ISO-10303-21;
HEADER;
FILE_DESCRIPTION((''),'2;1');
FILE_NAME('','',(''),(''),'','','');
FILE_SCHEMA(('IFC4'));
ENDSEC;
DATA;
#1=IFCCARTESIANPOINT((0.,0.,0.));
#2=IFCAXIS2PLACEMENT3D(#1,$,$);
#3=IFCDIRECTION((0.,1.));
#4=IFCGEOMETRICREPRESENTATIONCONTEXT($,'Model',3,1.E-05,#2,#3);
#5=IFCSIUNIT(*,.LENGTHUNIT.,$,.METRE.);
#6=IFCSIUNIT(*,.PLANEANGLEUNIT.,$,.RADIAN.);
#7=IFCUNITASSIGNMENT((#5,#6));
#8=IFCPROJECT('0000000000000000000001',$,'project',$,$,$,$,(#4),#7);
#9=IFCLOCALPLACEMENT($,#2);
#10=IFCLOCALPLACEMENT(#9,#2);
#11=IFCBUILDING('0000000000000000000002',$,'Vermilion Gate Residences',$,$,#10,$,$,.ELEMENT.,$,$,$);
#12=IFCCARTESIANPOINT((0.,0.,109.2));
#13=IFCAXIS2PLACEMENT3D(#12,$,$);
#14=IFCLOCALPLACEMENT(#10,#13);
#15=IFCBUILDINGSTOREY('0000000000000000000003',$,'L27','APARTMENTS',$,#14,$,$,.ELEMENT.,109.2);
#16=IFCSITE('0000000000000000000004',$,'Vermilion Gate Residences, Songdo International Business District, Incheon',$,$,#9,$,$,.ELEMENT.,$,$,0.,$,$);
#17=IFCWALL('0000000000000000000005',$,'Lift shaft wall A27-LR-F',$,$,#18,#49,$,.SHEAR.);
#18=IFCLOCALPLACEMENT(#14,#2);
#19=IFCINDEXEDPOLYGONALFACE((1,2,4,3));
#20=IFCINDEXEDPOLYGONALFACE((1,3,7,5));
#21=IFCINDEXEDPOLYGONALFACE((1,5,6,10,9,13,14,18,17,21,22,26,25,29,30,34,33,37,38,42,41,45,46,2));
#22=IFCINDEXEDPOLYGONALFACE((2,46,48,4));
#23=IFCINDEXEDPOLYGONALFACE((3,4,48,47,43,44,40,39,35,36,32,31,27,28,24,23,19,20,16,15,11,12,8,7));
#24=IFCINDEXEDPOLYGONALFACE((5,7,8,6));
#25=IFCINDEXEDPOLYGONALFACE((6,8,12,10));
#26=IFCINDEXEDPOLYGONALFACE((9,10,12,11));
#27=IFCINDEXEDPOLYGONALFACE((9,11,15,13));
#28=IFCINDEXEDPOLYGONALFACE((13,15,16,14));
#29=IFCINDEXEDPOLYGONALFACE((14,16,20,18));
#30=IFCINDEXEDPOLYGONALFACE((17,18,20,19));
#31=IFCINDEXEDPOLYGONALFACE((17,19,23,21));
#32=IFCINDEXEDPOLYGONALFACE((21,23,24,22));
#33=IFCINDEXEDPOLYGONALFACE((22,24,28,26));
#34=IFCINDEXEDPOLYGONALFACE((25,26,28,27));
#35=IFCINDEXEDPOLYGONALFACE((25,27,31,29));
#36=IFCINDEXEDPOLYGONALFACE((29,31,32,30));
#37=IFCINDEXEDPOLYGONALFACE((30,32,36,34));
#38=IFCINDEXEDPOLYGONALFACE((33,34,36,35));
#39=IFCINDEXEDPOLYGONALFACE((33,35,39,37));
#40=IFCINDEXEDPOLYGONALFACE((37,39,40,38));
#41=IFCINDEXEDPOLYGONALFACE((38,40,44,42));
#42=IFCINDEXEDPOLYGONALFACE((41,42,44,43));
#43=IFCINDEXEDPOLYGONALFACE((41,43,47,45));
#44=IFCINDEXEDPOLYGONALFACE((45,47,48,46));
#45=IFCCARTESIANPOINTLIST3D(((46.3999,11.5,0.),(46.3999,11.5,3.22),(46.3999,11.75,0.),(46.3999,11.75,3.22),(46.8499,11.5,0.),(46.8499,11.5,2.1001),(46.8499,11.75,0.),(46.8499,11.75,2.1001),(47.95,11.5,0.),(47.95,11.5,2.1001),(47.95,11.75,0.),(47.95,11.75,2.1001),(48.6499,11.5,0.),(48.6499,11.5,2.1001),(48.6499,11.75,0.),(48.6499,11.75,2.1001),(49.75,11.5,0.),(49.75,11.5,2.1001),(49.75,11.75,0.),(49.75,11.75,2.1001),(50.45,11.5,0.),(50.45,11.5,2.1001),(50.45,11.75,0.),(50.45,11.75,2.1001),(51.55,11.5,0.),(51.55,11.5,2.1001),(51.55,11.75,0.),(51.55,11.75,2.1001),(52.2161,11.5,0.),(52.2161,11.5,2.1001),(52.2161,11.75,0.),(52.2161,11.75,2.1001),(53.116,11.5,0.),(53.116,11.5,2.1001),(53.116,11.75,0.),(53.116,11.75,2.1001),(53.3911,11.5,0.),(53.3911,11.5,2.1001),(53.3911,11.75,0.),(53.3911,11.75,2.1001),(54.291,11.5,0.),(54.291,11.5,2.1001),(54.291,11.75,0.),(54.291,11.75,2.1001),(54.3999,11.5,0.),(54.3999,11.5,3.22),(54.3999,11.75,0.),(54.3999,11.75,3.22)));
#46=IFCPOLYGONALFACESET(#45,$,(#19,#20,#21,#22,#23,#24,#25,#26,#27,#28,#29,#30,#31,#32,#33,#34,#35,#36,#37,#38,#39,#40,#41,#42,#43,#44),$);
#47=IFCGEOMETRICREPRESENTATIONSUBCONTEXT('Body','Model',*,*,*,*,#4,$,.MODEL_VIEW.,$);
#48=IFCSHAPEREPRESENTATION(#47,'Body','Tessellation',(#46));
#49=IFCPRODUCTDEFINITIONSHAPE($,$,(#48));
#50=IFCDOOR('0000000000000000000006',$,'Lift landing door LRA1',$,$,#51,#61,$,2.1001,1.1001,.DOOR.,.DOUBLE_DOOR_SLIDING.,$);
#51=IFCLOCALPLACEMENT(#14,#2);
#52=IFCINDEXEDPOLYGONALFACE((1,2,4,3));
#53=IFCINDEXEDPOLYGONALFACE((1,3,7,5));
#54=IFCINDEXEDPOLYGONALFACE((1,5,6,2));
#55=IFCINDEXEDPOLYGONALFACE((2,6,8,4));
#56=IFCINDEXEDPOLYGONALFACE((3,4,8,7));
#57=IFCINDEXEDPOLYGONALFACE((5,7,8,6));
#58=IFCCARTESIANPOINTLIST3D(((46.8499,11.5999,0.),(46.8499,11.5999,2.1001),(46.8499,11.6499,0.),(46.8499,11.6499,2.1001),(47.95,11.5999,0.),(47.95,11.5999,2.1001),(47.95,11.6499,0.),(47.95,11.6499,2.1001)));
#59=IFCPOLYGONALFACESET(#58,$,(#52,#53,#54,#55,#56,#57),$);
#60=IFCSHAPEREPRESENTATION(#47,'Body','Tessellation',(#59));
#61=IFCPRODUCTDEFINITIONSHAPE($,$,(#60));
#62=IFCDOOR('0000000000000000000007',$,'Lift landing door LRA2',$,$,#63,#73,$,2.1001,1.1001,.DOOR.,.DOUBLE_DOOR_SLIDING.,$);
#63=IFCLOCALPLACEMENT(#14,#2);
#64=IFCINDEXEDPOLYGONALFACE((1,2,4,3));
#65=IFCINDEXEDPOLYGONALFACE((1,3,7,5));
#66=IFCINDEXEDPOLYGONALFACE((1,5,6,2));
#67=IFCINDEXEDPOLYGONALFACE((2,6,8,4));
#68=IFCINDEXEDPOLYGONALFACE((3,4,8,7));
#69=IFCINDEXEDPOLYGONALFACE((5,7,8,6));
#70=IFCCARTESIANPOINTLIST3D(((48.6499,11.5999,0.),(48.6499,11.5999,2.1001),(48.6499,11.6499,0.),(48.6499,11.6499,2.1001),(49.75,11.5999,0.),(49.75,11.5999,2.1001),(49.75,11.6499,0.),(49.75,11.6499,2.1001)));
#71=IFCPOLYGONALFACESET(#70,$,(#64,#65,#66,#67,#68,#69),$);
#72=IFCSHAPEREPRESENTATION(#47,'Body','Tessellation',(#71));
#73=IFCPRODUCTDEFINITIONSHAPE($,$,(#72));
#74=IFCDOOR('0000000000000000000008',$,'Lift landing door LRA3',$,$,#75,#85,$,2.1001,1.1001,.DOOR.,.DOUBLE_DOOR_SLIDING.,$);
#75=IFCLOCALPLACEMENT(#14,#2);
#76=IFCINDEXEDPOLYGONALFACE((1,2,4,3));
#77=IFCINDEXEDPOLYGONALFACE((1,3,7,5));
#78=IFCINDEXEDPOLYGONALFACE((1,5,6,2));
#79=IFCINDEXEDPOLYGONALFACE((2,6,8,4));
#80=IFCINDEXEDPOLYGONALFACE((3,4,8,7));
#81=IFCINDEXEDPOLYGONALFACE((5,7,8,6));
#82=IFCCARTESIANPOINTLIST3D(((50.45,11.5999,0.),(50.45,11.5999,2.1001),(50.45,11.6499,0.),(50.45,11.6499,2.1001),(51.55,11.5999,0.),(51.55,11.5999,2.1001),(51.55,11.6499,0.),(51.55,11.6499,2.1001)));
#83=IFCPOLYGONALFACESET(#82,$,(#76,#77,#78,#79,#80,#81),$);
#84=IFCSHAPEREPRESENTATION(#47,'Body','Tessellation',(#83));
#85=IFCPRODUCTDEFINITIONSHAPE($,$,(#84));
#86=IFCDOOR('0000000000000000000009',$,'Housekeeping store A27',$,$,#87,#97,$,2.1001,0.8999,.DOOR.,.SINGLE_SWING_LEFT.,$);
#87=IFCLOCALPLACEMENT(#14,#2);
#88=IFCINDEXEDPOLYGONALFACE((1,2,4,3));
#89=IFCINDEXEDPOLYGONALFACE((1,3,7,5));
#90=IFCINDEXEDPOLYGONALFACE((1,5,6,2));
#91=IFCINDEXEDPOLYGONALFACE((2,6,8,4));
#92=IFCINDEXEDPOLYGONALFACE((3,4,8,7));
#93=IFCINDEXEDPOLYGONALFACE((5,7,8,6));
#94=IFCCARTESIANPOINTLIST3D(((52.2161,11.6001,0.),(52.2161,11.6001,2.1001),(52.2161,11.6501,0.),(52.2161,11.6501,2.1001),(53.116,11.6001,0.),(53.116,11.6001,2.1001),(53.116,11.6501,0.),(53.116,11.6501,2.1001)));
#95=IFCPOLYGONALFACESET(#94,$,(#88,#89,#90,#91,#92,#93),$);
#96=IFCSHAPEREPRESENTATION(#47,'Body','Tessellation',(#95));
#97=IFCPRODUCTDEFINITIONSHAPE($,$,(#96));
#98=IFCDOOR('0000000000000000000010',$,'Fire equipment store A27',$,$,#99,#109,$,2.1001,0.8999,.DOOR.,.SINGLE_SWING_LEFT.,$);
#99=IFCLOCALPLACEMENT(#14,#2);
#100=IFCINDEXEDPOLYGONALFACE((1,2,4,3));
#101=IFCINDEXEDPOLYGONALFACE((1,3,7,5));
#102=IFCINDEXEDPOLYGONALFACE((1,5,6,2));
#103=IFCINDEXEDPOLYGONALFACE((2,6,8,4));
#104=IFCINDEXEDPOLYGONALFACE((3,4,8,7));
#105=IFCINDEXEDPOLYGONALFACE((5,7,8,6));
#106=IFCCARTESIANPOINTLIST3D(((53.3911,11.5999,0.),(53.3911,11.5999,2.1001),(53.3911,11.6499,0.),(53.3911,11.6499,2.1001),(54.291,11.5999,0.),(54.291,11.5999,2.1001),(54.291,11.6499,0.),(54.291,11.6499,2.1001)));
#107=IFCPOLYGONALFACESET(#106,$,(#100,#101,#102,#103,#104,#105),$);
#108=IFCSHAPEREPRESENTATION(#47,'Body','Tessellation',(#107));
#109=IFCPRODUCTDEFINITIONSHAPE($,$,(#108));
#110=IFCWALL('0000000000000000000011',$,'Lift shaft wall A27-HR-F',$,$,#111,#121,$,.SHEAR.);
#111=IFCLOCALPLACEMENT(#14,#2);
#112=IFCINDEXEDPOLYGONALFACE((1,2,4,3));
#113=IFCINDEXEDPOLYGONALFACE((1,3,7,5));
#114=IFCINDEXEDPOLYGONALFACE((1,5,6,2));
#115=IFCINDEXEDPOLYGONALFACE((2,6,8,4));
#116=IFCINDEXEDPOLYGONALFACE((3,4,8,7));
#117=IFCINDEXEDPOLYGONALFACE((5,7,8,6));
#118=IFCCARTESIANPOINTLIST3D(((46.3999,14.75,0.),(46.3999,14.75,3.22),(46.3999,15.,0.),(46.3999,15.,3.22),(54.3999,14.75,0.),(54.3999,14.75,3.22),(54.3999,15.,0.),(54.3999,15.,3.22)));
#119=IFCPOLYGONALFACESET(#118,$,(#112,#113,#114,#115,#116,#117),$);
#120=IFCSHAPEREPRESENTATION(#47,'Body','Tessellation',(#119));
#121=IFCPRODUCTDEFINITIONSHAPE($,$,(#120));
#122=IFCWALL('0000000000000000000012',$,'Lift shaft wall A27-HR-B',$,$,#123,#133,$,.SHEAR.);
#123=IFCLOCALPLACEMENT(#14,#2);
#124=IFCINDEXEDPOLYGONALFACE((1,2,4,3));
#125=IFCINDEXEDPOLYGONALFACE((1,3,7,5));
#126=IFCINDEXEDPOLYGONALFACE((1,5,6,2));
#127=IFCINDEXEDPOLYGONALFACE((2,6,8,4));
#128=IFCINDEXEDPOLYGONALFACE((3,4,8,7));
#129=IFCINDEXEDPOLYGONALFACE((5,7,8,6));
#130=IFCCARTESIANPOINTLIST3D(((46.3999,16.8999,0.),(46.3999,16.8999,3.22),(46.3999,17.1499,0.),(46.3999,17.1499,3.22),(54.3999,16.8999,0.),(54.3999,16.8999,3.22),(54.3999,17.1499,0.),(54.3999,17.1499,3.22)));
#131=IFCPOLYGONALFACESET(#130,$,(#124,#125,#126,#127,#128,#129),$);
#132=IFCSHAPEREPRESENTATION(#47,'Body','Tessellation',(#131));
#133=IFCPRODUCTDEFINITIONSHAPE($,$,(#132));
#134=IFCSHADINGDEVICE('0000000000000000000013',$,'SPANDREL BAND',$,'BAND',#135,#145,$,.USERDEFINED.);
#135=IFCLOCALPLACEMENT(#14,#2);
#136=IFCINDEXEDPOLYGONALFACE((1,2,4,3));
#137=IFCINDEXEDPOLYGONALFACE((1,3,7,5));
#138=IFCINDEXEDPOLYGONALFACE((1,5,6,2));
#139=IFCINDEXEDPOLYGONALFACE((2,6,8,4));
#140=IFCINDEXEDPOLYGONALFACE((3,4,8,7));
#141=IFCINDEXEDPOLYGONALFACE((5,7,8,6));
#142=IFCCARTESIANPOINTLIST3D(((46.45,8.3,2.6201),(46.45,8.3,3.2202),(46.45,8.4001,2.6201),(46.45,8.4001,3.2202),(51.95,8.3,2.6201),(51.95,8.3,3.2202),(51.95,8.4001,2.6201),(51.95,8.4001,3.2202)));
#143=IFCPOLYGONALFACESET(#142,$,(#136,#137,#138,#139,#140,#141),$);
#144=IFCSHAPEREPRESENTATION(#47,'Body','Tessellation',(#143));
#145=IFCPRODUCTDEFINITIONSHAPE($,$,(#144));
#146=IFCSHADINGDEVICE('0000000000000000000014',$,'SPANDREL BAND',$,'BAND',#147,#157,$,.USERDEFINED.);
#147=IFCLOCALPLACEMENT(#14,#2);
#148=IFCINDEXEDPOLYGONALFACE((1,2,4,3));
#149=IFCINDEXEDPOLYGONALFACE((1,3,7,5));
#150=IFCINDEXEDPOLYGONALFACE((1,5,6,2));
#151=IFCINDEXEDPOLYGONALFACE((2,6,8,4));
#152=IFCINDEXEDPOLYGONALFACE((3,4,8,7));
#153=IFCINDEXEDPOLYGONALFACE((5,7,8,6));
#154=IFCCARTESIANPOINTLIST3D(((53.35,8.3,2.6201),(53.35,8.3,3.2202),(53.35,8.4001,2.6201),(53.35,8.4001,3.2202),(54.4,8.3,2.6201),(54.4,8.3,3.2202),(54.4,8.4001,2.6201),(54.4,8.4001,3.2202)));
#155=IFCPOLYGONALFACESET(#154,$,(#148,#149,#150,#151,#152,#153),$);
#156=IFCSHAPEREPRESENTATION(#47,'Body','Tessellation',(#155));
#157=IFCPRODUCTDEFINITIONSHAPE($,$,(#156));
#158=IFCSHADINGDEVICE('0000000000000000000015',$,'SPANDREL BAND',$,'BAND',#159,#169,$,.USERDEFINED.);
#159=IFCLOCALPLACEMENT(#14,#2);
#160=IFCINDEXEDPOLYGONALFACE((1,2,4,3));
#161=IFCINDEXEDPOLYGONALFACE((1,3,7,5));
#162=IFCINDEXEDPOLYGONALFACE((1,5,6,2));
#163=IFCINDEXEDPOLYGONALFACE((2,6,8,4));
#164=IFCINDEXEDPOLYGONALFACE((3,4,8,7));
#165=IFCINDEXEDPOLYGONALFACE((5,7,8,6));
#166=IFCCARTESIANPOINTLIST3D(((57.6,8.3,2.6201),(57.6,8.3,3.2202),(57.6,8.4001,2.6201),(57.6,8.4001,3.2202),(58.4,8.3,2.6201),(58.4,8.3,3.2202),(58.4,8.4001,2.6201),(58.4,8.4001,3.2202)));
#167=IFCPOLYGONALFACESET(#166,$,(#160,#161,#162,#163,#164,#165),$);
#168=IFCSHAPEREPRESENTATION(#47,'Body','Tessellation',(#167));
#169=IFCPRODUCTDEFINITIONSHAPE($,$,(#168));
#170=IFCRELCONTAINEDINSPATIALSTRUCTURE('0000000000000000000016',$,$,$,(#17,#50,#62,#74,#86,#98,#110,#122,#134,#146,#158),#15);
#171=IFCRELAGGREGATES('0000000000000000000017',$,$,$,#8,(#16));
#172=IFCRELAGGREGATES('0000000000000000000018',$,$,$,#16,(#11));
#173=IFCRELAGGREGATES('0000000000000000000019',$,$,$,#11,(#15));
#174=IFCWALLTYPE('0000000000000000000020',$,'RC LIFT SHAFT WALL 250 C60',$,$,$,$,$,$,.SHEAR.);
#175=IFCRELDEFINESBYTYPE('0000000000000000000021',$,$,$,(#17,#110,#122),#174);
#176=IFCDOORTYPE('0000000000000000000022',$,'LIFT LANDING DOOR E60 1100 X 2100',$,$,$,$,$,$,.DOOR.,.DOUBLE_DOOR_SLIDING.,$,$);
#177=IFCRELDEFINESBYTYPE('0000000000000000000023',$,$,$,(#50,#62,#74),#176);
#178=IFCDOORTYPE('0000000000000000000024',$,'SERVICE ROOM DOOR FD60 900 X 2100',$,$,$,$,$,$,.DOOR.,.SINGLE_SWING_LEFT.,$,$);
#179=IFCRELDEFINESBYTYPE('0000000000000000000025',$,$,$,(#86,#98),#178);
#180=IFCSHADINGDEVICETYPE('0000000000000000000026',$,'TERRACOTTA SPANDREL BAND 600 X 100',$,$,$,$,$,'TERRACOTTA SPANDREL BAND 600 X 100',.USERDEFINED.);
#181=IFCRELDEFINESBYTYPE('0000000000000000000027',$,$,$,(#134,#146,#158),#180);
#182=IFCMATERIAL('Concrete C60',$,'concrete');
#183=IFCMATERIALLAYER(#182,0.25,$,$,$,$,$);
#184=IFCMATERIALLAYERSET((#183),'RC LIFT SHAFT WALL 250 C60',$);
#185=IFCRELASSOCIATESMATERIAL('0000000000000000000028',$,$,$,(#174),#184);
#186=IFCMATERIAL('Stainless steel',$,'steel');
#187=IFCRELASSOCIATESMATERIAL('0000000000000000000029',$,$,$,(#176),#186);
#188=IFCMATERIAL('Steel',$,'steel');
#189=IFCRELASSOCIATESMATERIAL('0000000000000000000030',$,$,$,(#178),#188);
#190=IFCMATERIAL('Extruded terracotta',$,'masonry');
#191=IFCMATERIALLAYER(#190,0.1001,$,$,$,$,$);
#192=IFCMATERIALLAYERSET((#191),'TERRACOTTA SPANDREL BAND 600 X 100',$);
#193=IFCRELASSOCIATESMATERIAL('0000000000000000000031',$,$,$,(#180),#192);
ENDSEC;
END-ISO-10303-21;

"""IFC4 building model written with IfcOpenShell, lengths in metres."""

from ifc_helpers import new_model, si_unit, direction, frame, frame_2d, origin, origin_2d, place, context, subcontext, project, spatial, rectangle, extrude, material, layer, layer_set, type_object, element, fill, save


model = new_model("IFC4")

# Units and contexts
model_context = context("Model", 3, precision=1e-05, world=origin(), true_north=direction((0.0, 1.0)))
body_context = subcontext(model_context, "Body", "Model", "MODEL_VIEW")
ifc_project = project(units=[si_unit("LENGTHUNIT", "METRE"), si_unit("PLANEANGLEUNIT", "RADIAN")], contexts=[model_context])

# Site, building, storey
site_placement = place(None, origin())
site = spatial("IfcSite", under=ifc_project, at=site_placement, Name="Vermilion Gate Residences, Songdo International Business District, Incheon", CompositionType="ELEMENT", RefElevation=0.0)
building_placement = place(site_placement, origin())
building = spatial("IfcBuilding", under=site, at=building_placement, Name="Vermilion Gate Residences", CompositionType="ELEMENT")
storey_placement = place(building_placement, frame((0.0, 0.0, 109.2)))
storey = spatial("IfcBuildingStorey", under=building, at=storey_placement, Name="L27", Description="APARTMENTS", CompositionType="ELEMENT", Elevation=109.2)

# Wall, openings, doors
ifc_material_1 = material(Name="Concrete C60", Category="concrete")
ifc_layer_1 = layer(ifc_material_1, 0.25)
ifc_layer_set_1 = layer_set([ifc_layer_1], Name="RC LIFT SHAFT WALL 250 C60")
wall_type_1 = type_object("IfcWallType", Name="RC LIFT SHAFT WALL 250 C60", PredefinedType="SHEAR", material=ifc_layer_set_1)
wall_1_placement = place(storey_placement, frame((46.3999, 11.625, 0.0), z_axis=(0.0, 0.0, 1.0), x_axis=(1.0, 0.0, 0.0)))
wall_1 = element("IfcWall", 1, at=wall_1_placement, inside=storey, type_object=wall_type_1, Name="Lift shaft wall A27-LR-F", PredefinedType="SHEAR", context=body_context, shape_type="SweptSolid", body=[
    extrude(rectangle(XDim=8.0, YDim=0.25, at=frame_2d((4.0, 0.0))), origin(), (0.0, 0.0, 1.0), 3.22),
])
opening_1_placement = place(wall_1_placement, frame((0.45, 0.0, 0.0)))
opening_1 = element("IfcOpeningElement", 2, at=opening_1_placement, cuts=wall_1, PredefinedType="OPENING", context=body_context, shape_type="SweptSolid", body=[
    extrude(rectangle(XDim=1.1001, YDim=2.1001, at=frame_2d((0.55, 1.05))), frame((0.0, 0.135, 0.0), z_axis=(0.0, -1.0, 0.0), x_axis=(1.0, 0.0, 0.0)), (0.0, 0.0, 1.0), 0.27),
])
opening_2_placement = place(wall_1_placement, frame((2.25, 0.0, 0.0)))
opening_2 = element("IfcOpeningElement", 3, at=opening_2_placement, cuts=wall_1, PredefinedType="OPENING", context=body_context, shape_type="SweptSolid", body=[
    extrude(rectangle(XDim=1.1001, YDim=2.1001, at=frame_2d((0.55, 1.05))), frame((0.0, 0.135, 0.0), z_axis=(0.0, -1.0, 0.0), x_axis=(1.0, 0.0, 0.0)), (0.0, 0.0, 1.0), 0.27),
])
opening_3_placement = place(wall_1_placement, frame((4.05, 0.0, 0.0)))
opening_3 = element("IfcOpeningElement", 4, at=opening_3_placement, cuts=wall_1, PredefinedType="OPENING", context=body_context, shape_type="SweptSolid", body=[
    extrude(rectangle(XDim=1.1001, YDim=2.1001, at=frame_2d((0.55, 1.05))), frame((0.0, 0.135, 0.0), z_axis=(0.0, -1.0, 0.0), x_axis=(1.0, 0.0, 0.0)), (0.0, 0.0, 1.0), 0.27),
])
opening_4_placement = place(wall_1_placement, frame((5.8162, 0.0, 0.0)))
opening_4 = element("IfcOpeningElement", 5, at=opening_4_placement, cuts=wall_1, PredefinedType="OPENING", context=body_context, shape_type="SweptSolid", body=[
    extrude(rectangle(XDim=0.8999, YDim=2.1001, at=frame_2d((0.45, 1.05))), frame((0.0, 0.135, 0.0), z_axis=(0.0, -1.0, 0.0), x_axis=(1.0, 0.0, 0.0)), (0.0, 0.0, 1.0), 0.27),
])
opening_5_placement = place(wall_1_placement, frame((6.9912, 0.0, 0.0)))
opening_5 = element("IfcOpeningElement", 6, at=opening_5_placement, cuts=wall_1, PredefinedType="OPENING", context=body_context, shape_type="SweptSolid", body=[
    extrude(rectangle(XDim=0.8999, YDim=2.1001, at=frame_2d((0.45, 1.05))), frame((0.0, 0.135, 0.0), z_axis=(0.0, -1.0, 0.0), x_axis=(1.0, 0.0, 0.0)), (0.0, 0.0, 1.0), 0.27),
])
ifc_material_2 = material(Name="Stainless steel", Category="steel")
door_type_1 = type_object("IfcDoorType", Name="LIFT LANDING DOOR E60 1100 X 2100", OperationType="DOUBLE_DOOR_SLIDING", PredefinedType="DOOR", material=ifc_material_2)
door_1_placement = place(opening_1_placement, origin())
door_1 = element("IfcDoor", 7, at=door_1_placement, inside=storey, type_object=door_type_1, Name="Lift landing door LRA1", OperationType="DOUBLE_DOOR_SLIDING", OverallHeight=2.1001, OverallWidth=1.1001, PredefinedType="DOOR", context=body_context, shape_type="SweptSolid", body=[
    extrude(rectangle(XDim=1.1001, YDim=2.1001, at=frame_2d((0.55, 1.05))), frame((0.0, 0.0249, 0.0), z_axis=(0.0, -1.0, 0.0), x_axis=(1.0, 0.0, 0.0)), (0.0, 0.0, 1.0), 0.05),
])
fill(opening_1, door_1)
door_2_placement = place(opening_2_placement, origin())
door_2 = element("IfcDoor", 8, at=door_2_placement, inside=storey, type_object=door_type_1, Name="Lift landing door LRA2", OperationType="DOUBLE_DOOR_SLIDING", OverallHeight=2.1001, OverallWidth=1.1001, PredefinedType="DOOR", context=body_context, shape_type="SweptSolid", body=[
    extrude(rectangle(XDim=1.1001, YDim=2.1001, at=frame_2d((0.55, 1.05))), frame((0.0, 0.0249, 0.0), z_axis=(0.0, -1.0, 0.0), x_axis=(1.0, 0.0, 0.0)), (0.0, 0.0, 1.0), 0.05),
])
fill(opening_2, door_2)
door_3_placement = place(opening_3_placement, origin())
door_3 = element("IfcDoor", 9, at=door_3_placement, inside=storey, type_object=door_type_1, Name="Lift landing door LRA3", OperationType="DOUBLE_DOOR_SLIDING", OverallHeight=2.1001, OverallWidth=1.1001, PredefinedType="DOOR", context=body_context, shape_type="SweptSolid", body=[
    extrude(rectangle(XDim=1.1001, YDim=2.1001, at=frame_2d((0.55, 1.05))), frame((0.0, 0.0249, 0.0), z_axis=(0.0, -1.0, 0.0), x_axis=(1.0, 0.0, 0.0)), (0.0, 0.0, 1.0), 0.05),
])
fill(opening_3, door_3)
ifc_material_3 = material(Name="Steel", Category="steel")
door_type_2 = type_object("IfcDoorType", Name="SERVICE ROOM DOOR FD60 900 X 2100", OperationType="SINGLE_SWING_LEFT", PredefinedType="DOOR", material=ifc_material_3)
door_4_placement = place(opening_4_placement, frame((0.8999, 0.0, 0.0), z_axis=(0.0, 0.0, 1.0), x_axis=(-1.0, 0.0, 0.0)))
door_4 = element("IfcDoor", 10, at=door_4_placement, inside=storey, type_object=door_type_2, Name="Housekeeping store A27", OperationType="SINGLE_SWING_LEFT", OverallHeight=2.1001, OverallWidth=0.8999, PredefinedType="DOOR", context=body_context, shape_type="SweptSolid", body=[
    extrude(rectangle(XDim=0.8999, YDim=2.1001, at=frame_2d((0.45, 1.05))), frame((0.0, 0.0249, 0.0), z_axis=(0.0, -1.0, 0.0), x_axis=(1.0, 0.0, 0.0)), (0.0, 0.0, 1.0), 0.05),
])
fill(opening_4, door_4)
door_5_placement = place(opening_5_placement, origin())
door_5 = element("IfcDoor", 11, at=door_5_placement, inside=storey, type_object=door_type_2, Name="Fire equipment store A27", OperationType="SINGLE_SWING_LEFT", OverallHeight=2.1001, OverallWidth=0.8999, PredefinedType="DOOR", context=body_context, shape_type="SweptSolid", body=[
    extrude(rectangle(XDim=0.8999, YDim=2.1001, at=frame_2d((0.45, 1.05))), frame((0.0, 0.0249, 0.0), z_axis=(0.0, -1.0, 0.0), x_axis=(1.0, 0.0, 0.0)), (0.0, 0.0, 1.0), 0.05),
])
fill(opening_5, door_5)

# Walls
for number, where, z_axis, x_axis, name in (
    (12, (46.3999, 14.875, 0.0), (0.0, 0.0, 1.0), (1.0, 0.0, 0.0), "Lift shaft wall A27-HR-F"),
    (13, (46.3999, 17.0249, 0.0), (0.0, 0.0, 1.0), (1.0, 0.0, 0.0), "Lift shaft wall A27-HR-B"),
):
    element("IfcWall", number, at=place(storey_placement, frame(where, z_axis=z_axis, x_axis=x_axis)), inside=storey, type_object=wall_type_1, Name=name, PredefinedType="SHEAR", context=body_context, shape_type="SweptSolid", body=[
        extrude(rectangle(XDim=8.0, YDim=0.25, at=frame_2d((4.0, 0.0))), origin(), (0.0, 0.0, 1.0), 3.22),
    ])

# Shading devices
ifc_material_4 = material(Name="Extruded terracotta", Category="masonry")
ifc_layer_2 = layer(ifc_material_4, 0.1001)
ifc_layer_set_2 = layer_set([ifc_layer_2], Name="TERRACOTTA SPANDREL BAND 600 X 100")
shading_device_type = type_object("IfcShadingDeviceType", Name="TERRACOTTA SPANDREL BAND 600 X 100", ElementType="TERRACOTTA SPANDREL BAND 600 X 100", PredefinedType="USERDEFINED", material=ifc_layer_set_2)
shading_device_1_placement = place(storey_placement, frame((49.2, 8.3501, 2.6201), z_axis=(0.0, 0.0, 1.0), x_axis=(1.0, 0.0, 0.0)))
element("IfcShadingDevice", 14, at=shading_device_1_placement, inside=storey, type_object=shading_device_type, Name="SPANDREL BAND", ObjectType="BAND", PredefinedType="USERDEFINED", context=body_context, shape_type="SweptSolid", body=[
    extrude(rectangle(XDim=5.5, YDim=0.1001, at=origin_2d()), origin(), (0.0, 0.0, 1.0), 0.6001),
])
shading_device_2_placement = place(storey_placement, frame((53.875, 8.3501, 2.6201), z_axis=(0.0, 0.0, 1.0), x_axis=(1.0, 0.0, 0.0)))
element("IfcShadingDevice", 15, at=shading_device_2_placement, inside=storey, type_object=shading_device_type, Name="SPANDREL BAND", ObjectType="BAND", PredefinedType="USERDEFINED", context=body_context, shape_type="SweptSolid", body=[
    extrude(rectangle(XDim=1.05, YDim=0.1001, at=origin_2d()), origin(), (0.0, 0.0, 1.0), 0.6001),
])
shading_device_3_placement = place(storey_placement, frame((58.0, 8.3501, 2.6201), z_axis=(0.0, 0.0, 1.0), x_axis=(1.0, 0.0, 0.0)))
element("IfcShadingDevice", 16, at=shading_device_3_placement, inside=storey, type_object=shading_device_type, Name="SPANDREL BAND", ObjectType="BAND", PredefinedType="USERDEFINED", context=body_context, shape_type="SweptSolid", body=[
    extrude(rectangle(XDim=0.8, YDim=0.1001, at=origin_2d()), origin(), (0.0, 0.0, 1.0), 0.6001),
])

save(model, "model.ifc")
